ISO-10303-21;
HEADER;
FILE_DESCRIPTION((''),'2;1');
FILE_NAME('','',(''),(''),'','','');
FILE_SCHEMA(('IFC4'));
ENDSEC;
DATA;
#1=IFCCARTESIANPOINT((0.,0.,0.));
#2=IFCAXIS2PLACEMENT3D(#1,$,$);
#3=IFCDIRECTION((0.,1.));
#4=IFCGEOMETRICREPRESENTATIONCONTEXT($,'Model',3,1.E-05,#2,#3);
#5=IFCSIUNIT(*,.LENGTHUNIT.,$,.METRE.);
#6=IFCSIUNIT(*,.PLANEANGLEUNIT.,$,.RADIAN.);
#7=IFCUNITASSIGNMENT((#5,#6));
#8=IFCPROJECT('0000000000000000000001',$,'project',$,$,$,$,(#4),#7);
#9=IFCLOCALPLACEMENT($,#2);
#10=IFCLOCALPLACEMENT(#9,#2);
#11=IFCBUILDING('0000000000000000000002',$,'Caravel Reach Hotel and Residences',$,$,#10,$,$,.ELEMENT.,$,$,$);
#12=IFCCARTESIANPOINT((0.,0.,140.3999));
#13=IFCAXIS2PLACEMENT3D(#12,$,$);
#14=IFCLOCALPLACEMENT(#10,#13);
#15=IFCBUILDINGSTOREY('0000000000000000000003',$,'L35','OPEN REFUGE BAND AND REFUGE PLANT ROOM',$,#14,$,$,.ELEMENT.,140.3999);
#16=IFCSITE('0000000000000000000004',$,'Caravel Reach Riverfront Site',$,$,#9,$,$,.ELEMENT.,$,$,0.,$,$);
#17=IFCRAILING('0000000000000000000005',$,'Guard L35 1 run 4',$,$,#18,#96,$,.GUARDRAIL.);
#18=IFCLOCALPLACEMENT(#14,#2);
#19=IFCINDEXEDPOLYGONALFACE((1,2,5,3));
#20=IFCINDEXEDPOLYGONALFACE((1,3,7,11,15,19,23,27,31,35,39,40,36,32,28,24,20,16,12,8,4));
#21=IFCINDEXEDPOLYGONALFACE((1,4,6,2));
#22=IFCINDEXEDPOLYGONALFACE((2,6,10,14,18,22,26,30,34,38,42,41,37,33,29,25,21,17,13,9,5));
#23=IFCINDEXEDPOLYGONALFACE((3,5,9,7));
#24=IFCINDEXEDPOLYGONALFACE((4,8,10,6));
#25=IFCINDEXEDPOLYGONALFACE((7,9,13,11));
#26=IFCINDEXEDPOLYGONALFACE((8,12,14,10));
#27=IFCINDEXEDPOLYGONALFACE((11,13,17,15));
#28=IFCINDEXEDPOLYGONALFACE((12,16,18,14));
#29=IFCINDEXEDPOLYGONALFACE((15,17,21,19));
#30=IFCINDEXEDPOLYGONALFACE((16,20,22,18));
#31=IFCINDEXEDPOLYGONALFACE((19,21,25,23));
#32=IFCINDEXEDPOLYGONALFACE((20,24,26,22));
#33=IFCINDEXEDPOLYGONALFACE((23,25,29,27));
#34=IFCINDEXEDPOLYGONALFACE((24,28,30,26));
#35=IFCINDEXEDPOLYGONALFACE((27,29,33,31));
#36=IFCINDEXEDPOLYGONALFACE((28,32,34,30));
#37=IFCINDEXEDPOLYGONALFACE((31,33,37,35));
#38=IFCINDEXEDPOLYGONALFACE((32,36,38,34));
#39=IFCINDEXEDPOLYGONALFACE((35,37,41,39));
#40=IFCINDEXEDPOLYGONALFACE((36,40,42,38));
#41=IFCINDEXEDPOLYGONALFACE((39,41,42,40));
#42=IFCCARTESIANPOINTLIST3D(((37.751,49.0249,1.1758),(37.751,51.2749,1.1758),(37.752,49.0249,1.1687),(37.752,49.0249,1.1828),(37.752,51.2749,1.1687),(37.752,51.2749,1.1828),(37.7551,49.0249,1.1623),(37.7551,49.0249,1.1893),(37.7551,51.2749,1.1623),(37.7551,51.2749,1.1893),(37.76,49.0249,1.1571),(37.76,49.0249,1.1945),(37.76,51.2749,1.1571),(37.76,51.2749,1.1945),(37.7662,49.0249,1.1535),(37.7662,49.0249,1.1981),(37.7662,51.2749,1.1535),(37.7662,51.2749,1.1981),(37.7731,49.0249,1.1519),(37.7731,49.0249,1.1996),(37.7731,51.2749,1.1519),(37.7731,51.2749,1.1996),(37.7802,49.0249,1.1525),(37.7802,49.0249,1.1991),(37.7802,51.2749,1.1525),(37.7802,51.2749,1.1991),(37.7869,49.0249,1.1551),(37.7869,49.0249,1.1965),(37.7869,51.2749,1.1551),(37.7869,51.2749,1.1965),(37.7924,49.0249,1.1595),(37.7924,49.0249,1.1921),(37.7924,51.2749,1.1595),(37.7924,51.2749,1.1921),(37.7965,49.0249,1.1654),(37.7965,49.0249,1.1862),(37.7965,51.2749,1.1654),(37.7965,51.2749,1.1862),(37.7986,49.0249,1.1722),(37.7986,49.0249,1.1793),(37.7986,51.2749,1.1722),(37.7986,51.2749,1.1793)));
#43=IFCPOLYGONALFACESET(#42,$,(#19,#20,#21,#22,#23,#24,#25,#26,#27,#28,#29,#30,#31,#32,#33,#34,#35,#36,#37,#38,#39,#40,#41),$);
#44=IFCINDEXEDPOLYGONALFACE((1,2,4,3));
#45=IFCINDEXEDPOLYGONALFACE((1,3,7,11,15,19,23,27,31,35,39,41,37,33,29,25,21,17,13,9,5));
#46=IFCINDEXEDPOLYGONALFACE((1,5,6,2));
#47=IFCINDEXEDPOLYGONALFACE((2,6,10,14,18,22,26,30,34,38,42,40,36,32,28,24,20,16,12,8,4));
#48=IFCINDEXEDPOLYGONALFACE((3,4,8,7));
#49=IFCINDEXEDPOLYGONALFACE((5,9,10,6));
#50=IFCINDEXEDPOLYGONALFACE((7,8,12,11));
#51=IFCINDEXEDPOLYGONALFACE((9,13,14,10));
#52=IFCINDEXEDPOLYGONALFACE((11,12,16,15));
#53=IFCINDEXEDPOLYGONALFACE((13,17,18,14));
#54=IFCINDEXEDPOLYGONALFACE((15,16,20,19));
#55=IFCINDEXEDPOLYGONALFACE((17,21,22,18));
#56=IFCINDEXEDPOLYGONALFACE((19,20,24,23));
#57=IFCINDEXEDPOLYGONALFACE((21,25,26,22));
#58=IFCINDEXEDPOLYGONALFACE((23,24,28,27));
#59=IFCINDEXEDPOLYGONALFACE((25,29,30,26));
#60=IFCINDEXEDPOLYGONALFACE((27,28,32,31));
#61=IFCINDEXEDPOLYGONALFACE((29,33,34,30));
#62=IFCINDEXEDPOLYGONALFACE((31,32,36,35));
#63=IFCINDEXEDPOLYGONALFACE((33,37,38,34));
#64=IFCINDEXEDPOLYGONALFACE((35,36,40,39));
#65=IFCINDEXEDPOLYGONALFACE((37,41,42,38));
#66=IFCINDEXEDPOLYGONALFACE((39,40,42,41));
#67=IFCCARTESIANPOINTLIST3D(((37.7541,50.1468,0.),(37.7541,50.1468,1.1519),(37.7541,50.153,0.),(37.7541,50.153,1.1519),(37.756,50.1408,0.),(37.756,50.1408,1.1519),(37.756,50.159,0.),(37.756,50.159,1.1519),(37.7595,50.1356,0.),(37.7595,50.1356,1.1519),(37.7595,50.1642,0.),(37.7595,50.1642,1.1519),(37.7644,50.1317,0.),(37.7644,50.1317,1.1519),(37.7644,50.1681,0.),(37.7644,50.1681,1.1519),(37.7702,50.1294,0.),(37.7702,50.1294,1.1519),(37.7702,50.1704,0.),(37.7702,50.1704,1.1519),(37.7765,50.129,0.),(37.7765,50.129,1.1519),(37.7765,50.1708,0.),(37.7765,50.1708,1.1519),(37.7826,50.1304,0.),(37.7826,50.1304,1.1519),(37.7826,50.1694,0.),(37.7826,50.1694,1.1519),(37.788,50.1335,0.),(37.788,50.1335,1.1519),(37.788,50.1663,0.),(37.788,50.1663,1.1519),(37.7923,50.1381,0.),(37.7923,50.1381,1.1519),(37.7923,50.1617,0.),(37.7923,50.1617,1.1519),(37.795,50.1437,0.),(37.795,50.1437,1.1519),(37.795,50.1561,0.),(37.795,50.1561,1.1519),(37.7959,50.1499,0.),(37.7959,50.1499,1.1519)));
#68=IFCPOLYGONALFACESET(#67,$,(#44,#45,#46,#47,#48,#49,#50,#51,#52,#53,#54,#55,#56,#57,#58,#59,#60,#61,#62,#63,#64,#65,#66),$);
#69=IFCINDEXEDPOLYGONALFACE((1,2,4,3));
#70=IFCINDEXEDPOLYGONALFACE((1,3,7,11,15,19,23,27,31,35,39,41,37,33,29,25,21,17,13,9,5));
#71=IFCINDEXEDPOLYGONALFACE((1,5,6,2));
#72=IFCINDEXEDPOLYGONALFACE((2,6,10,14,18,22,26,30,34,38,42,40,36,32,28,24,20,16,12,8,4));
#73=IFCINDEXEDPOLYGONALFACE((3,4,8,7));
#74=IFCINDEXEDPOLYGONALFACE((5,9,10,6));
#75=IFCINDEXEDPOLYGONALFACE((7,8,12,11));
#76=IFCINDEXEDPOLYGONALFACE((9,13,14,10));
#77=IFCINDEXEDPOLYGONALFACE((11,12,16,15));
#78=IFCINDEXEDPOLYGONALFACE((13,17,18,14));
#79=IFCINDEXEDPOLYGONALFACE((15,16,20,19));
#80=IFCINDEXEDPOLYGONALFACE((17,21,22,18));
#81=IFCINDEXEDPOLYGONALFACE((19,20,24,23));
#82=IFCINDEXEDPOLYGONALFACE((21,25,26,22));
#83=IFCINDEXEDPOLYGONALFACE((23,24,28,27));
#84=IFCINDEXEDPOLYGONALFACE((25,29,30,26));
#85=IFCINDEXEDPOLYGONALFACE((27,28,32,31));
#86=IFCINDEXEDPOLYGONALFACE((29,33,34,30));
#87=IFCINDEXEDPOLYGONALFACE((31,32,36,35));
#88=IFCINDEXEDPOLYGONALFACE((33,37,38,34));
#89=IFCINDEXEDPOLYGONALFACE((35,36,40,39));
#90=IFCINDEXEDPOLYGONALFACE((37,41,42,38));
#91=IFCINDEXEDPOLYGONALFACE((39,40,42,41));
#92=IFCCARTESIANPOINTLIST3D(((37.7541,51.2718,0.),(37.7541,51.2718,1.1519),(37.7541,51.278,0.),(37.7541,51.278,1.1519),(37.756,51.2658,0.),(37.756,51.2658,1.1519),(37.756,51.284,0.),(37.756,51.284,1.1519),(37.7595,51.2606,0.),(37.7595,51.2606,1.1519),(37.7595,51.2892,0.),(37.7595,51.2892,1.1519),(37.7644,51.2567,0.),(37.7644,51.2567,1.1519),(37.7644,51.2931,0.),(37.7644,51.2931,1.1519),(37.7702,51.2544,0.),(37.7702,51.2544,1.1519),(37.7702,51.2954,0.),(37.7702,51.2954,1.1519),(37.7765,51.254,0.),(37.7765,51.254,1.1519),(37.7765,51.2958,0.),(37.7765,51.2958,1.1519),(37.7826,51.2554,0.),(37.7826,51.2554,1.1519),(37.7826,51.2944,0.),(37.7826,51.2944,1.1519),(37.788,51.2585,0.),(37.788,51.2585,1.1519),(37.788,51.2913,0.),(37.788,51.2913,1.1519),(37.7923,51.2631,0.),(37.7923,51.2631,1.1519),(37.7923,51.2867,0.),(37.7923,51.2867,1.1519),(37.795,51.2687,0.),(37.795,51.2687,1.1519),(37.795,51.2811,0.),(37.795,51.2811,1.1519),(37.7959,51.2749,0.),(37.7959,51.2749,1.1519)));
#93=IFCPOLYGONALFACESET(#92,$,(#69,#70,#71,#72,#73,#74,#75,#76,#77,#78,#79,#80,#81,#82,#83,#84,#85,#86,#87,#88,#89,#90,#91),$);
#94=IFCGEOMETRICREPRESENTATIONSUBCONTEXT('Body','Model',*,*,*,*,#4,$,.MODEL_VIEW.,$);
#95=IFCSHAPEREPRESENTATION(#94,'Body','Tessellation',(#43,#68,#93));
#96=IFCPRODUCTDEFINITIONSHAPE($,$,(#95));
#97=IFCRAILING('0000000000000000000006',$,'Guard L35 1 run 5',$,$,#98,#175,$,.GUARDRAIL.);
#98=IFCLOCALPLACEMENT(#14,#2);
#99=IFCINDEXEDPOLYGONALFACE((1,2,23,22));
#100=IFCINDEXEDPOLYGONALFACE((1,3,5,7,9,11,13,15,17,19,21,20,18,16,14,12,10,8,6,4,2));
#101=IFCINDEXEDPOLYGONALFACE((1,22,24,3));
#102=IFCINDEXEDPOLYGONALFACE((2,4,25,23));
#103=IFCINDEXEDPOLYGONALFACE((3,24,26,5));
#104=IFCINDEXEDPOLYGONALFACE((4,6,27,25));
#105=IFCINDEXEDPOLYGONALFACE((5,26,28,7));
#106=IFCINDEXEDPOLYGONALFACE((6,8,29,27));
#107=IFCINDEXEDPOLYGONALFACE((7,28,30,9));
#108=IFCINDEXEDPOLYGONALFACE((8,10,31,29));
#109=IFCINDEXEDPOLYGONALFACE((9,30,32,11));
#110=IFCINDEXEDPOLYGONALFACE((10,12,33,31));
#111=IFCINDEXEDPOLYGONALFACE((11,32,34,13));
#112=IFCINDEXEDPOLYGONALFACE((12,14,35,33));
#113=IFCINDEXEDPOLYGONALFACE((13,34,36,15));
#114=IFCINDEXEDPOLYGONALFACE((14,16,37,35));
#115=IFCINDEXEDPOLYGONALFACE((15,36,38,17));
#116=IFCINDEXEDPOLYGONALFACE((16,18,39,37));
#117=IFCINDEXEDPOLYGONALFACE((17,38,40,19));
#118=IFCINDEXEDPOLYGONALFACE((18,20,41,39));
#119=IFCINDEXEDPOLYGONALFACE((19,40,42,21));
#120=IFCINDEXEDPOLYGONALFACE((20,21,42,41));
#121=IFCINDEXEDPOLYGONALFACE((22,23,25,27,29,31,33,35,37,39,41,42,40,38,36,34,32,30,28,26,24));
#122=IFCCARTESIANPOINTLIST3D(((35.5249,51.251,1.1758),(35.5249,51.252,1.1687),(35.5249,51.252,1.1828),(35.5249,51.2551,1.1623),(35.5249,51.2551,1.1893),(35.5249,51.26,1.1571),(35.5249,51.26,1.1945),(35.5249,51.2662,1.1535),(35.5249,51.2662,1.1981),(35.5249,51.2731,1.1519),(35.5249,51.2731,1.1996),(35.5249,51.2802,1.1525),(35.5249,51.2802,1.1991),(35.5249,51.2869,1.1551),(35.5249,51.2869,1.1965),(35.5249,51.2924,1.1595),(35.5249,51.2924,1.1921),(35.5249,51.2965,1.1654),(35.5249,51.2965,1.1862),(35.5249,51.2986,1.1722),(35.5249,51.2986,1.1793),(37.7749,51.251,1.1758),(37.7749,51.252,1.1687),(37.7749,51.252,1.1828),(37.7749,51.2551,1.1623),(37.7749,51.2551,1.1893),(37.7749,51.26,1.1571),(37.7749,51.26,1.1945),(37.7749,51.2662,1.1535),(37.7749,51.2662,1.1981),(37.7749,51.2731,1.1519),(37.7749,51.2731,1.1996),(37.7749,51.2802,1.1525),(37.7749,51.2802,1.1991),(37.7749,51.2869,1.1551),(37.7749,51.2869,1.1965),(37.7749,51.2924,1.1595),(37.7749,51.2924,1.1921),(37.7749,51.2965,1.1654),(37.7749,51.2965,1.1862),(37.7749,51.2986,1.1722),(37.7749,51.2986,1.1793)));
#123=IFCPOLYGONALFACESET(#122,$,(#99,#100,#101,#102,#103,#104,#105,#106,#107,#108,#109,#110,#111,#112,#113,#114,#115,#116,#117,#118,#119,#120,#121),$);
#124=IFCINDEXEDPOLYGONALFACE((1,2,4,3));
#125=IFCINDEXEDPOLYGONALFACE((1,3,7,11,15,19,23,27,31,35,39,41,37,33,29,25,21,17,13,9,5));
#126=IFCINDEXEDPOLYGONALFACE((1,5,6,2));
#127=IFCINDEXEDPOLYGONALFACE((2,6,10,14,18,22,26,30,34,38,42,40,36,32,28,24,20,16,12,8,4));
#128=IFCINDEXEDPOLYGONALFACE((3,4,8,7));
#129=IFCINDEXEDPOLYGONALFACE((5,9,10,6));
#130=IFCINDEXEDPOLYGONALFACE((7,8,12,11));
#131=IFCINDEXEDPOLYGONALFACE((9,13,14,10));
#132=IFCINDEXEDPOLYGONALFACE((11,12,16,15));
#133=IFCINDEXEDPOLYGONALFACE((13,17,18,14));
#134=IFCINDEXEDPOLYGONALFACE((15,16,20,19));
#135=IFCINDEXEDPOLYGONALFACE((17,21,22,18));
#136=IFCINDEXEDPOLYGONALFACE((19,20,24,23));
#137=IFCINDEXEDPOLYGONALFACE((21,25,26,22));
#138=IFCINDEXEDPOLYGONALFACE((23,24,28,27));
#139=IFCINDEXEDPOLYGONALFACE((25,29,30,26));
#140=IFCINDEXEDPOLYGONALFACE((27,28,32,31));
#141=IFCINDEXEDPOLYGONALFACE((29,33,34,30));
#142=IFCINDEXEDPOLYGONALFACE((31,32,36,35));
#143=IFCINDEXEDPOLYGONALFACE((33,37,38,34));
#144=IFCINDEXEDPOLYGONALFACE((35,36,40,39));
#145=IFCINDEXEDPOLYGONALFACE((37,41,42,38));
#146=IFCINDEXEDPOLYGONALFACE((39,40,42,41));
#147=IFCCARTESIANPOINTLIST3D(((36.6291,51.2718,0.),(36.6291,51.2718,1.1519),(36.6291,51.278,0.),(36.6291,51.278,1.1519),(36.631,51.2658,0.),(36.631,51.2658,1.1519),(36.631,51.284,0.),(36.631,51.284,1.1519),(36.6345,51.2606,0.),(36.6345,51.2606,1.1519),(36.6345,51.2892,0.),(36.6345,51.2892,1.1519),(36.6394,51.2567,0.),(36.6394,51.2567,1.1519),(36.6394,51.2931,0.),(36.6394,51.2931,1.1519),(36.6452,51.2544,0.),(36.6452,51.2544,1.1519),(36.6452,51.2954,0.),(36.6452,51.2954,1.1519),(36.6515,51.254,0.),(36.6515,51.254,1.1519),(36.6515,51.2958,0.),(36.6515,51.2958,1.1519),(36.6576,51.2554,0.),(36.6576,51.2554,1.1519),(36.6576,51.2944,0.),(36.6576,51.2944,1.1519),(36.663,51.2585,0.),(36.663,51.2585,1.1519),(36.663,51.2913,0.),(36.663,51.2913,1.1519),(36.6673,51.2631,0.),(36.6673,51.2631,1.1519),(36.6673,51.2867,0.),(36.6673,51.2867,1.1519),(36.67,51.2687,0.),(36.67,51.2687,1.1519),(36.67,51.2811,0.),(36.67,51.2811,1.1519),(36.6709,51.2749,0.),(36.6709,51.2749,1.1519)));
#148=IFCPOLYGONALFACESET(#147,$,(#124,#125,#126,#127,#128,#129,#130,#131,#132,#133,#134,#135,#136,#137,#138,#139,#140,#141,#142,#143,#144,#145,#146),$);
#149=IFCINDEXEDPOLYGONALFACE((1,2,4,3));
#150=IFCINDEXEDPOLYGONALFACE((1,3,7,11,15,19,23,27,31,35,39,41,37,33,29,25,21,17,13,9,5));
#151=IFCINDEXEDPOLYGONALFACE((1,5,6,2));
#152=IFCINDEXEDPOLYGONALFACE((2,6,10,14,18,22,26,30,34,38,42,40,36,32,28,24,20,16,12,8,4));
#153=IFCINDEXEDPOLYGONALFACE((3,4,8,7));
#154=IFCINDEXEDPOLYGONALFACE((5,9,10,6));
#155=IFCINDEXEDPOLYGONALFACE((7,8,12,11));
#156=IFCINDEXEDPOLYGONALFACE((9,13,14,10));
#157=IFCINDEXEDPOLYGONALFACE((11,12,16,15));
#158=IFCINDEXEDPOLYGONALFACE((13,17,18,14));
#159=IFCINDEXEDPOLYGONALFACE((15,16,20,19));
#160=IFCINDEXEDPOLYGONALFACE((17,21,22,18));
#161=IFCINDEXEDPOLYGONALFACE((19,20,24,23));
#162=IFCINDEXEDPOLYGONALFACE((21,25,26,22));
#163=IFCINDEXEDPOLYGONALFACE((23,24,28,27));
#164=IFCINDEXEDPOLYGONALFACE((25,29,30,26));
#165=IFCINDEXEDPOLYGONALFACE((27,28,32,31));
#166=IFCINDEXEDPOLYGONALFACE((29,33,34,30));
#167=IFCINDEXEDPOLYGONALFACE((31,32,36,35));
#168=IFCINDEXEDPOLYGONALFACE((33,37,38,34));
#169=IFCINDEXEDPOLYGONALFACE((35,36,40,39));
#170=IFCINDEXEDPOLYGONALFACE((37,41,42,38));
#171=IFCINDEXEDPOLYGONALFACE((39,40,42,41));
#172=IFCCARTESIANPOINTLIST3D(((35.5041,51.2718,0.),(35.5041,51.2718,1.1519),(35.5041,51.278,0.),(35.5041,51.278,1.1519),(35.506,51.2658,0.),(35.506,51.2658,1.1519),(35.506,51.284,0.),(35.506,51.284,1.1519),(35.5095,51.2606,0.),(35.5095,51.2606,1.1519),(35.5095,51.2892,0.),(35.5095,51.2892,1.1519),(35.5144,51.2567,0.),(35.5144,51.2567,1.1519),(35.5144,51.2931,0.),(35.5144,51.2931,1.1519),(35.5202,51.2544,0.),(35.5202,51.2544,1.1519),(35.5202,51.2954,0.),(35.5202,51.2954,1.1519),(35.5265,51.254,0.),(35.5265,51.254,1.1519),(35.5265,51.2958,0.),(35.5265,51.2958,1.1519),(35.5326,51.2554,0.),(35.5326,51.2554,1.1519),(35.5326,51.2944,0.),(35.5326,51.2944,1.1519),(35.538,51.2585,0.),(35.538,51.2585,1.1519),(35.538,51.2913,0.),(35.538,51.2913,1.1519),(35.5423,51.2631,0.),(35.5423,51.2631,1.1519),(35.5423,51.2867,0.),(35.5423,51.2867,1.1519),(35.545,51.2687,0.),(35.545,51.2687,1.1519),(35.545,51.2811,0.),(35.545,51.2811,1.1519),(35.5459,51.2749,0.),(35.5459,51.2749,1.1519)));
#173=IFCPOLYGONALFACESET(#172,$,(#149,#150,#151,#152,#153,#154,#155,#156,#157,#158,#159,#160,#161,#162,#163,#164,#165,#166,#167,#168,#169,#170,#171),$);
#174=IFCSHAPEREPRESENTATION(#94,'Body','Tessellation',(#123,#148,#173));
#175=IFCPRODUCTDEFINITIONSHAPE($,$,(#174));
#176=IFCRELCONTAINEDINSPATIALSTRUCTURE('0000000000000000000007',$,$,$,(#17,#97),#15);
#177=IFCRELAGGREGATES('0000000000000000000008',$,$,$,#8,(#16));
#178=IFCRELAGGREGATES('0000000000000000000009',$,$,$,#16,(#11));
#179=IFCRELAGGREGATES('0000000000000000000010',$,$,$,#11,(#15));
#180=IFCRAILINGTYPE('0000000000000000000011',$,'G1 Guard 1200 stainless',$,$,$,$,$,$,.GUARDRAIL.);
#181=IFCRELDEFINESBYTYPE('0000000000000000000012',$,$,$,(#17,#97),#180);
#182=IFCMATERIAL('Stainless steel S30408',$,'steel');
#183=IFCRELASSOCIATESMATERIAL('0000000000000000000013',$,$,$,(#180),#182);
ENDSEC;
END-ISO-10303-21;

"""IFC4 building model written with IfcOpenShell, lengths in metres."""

from ifc_helpers import new_model, si_unit, direction, frame, origin, origin_2d, place, context, subcontext, project, spatial, circle, extrude, material, type_object, element, save


model = new_model("IFC4")

# Units and contexts
model_context = context("Model", 3, precision=1e-05, world=origin(), true_north=direction((0.0, 1.0)))
body_context = subcontext(model_context, "Body", "Model", "MODEL_VIEW")
ifc_project = project(units=[si_unit("LENGTHUNIT", "METRE"), si_unit("PLANEANGLEUNIT", "RADIAN")], contexts=[model_context])

# Site, building, storey
site_placement = place(None, origin())
site = spatial("IfcSite", under=ifc_project, at=site_placement, Name="Caravel Reach Riverfront Site", CompositionType="ELEMENT", RefElevation=0.0)
building_placement = place(site_placement, origin())
building = spatial("IfcBuilding", under=site, at=building_placement, Name="Caravel Reach Hotel and Residences", CompositionType="ELEMENT")
storey_placement = place(building_placement, frame((0.0, 0.0, 140.3999)))
storey = spatial("IfcBuildingStorey", under=building, at=storey_placement, Name="L35", Description="OPEN REFUGE BAND AND REFUGE PLANT ROOM", CompositionType="ELEMENT", Elevation=140.3999)

# Railings
ifc_material_1 = material(Name="Stainless steel S30408", Category="steel")
railing_type = type_object("IfcRailingType", Name="G1 Guard 1200 stainless", PredefinedType="GUARDRAIL", material=ifc_material_1)
railing_1_placement = place(storey_placement, frame((37.7749, 49.0249, 0.0)))
element("IfcRailing", 1, at=railing_1_placement, inside=storey, type_object=railing_type, Name="Guard L35 1 run 4", PredefinedType="GUARDRAIL", context=body_context, shape_type="SweptSolid", body=[
    extrude(circle(Radius=0.0239, at=origin_2d()), frame((0.0, 0.0, 1.1758), z_axis=(0.0, 1.0, 0.0), x_axis=(-1.0, 0.0, 0.0)), (0.0, 0.0, 1.0), 2.25),
    extrude(circle(Radius=0.021, at=origin_2d()), frame((0.0, 1.125, 0.0)), (0.0, 0.0, 1.0), 1.1519),
    extrude(circle(Radius=0.021, at=origin_2d()), frame((0.0, 2.25, 0.0)), (0.0, 0.0, 1.0), 1.1519),
])
railing_2_placement = place(storey_placement, frame((37.7749, 51.2749, 0.0)))
element("IfcRailing", 2, at=railing_2_placement, inside=storey, type_object=railing_type, Name="Guard L35 1 run 5", PredefinedType="GUARDRAIL", context=body_context, shape_type="SweptSolid", body=[
    extrude(circle(Radius=0.0239, at=origin_2d()), frame((0.0, 0.0, 1.1758), z_axis=(-1.0, 0.0, 0.0), x_axis=(0.0, -1.0, 0.0)), (0.0, 0.0, 1.0), 2.25),
    extrude(circle(Radius=0.021, at=origin_2d()), frame((-1.125, 0.0, 0.0)), (0.0, 0.0, 1.0), 1.1519),
    extrude(circle(Radius=0.021, at=origin_2d()), frame((-2.25, 0.0, 0.0)), (0.0, 0.0, 1.0), 1.1519),
])

save(model, "model.ifc")
